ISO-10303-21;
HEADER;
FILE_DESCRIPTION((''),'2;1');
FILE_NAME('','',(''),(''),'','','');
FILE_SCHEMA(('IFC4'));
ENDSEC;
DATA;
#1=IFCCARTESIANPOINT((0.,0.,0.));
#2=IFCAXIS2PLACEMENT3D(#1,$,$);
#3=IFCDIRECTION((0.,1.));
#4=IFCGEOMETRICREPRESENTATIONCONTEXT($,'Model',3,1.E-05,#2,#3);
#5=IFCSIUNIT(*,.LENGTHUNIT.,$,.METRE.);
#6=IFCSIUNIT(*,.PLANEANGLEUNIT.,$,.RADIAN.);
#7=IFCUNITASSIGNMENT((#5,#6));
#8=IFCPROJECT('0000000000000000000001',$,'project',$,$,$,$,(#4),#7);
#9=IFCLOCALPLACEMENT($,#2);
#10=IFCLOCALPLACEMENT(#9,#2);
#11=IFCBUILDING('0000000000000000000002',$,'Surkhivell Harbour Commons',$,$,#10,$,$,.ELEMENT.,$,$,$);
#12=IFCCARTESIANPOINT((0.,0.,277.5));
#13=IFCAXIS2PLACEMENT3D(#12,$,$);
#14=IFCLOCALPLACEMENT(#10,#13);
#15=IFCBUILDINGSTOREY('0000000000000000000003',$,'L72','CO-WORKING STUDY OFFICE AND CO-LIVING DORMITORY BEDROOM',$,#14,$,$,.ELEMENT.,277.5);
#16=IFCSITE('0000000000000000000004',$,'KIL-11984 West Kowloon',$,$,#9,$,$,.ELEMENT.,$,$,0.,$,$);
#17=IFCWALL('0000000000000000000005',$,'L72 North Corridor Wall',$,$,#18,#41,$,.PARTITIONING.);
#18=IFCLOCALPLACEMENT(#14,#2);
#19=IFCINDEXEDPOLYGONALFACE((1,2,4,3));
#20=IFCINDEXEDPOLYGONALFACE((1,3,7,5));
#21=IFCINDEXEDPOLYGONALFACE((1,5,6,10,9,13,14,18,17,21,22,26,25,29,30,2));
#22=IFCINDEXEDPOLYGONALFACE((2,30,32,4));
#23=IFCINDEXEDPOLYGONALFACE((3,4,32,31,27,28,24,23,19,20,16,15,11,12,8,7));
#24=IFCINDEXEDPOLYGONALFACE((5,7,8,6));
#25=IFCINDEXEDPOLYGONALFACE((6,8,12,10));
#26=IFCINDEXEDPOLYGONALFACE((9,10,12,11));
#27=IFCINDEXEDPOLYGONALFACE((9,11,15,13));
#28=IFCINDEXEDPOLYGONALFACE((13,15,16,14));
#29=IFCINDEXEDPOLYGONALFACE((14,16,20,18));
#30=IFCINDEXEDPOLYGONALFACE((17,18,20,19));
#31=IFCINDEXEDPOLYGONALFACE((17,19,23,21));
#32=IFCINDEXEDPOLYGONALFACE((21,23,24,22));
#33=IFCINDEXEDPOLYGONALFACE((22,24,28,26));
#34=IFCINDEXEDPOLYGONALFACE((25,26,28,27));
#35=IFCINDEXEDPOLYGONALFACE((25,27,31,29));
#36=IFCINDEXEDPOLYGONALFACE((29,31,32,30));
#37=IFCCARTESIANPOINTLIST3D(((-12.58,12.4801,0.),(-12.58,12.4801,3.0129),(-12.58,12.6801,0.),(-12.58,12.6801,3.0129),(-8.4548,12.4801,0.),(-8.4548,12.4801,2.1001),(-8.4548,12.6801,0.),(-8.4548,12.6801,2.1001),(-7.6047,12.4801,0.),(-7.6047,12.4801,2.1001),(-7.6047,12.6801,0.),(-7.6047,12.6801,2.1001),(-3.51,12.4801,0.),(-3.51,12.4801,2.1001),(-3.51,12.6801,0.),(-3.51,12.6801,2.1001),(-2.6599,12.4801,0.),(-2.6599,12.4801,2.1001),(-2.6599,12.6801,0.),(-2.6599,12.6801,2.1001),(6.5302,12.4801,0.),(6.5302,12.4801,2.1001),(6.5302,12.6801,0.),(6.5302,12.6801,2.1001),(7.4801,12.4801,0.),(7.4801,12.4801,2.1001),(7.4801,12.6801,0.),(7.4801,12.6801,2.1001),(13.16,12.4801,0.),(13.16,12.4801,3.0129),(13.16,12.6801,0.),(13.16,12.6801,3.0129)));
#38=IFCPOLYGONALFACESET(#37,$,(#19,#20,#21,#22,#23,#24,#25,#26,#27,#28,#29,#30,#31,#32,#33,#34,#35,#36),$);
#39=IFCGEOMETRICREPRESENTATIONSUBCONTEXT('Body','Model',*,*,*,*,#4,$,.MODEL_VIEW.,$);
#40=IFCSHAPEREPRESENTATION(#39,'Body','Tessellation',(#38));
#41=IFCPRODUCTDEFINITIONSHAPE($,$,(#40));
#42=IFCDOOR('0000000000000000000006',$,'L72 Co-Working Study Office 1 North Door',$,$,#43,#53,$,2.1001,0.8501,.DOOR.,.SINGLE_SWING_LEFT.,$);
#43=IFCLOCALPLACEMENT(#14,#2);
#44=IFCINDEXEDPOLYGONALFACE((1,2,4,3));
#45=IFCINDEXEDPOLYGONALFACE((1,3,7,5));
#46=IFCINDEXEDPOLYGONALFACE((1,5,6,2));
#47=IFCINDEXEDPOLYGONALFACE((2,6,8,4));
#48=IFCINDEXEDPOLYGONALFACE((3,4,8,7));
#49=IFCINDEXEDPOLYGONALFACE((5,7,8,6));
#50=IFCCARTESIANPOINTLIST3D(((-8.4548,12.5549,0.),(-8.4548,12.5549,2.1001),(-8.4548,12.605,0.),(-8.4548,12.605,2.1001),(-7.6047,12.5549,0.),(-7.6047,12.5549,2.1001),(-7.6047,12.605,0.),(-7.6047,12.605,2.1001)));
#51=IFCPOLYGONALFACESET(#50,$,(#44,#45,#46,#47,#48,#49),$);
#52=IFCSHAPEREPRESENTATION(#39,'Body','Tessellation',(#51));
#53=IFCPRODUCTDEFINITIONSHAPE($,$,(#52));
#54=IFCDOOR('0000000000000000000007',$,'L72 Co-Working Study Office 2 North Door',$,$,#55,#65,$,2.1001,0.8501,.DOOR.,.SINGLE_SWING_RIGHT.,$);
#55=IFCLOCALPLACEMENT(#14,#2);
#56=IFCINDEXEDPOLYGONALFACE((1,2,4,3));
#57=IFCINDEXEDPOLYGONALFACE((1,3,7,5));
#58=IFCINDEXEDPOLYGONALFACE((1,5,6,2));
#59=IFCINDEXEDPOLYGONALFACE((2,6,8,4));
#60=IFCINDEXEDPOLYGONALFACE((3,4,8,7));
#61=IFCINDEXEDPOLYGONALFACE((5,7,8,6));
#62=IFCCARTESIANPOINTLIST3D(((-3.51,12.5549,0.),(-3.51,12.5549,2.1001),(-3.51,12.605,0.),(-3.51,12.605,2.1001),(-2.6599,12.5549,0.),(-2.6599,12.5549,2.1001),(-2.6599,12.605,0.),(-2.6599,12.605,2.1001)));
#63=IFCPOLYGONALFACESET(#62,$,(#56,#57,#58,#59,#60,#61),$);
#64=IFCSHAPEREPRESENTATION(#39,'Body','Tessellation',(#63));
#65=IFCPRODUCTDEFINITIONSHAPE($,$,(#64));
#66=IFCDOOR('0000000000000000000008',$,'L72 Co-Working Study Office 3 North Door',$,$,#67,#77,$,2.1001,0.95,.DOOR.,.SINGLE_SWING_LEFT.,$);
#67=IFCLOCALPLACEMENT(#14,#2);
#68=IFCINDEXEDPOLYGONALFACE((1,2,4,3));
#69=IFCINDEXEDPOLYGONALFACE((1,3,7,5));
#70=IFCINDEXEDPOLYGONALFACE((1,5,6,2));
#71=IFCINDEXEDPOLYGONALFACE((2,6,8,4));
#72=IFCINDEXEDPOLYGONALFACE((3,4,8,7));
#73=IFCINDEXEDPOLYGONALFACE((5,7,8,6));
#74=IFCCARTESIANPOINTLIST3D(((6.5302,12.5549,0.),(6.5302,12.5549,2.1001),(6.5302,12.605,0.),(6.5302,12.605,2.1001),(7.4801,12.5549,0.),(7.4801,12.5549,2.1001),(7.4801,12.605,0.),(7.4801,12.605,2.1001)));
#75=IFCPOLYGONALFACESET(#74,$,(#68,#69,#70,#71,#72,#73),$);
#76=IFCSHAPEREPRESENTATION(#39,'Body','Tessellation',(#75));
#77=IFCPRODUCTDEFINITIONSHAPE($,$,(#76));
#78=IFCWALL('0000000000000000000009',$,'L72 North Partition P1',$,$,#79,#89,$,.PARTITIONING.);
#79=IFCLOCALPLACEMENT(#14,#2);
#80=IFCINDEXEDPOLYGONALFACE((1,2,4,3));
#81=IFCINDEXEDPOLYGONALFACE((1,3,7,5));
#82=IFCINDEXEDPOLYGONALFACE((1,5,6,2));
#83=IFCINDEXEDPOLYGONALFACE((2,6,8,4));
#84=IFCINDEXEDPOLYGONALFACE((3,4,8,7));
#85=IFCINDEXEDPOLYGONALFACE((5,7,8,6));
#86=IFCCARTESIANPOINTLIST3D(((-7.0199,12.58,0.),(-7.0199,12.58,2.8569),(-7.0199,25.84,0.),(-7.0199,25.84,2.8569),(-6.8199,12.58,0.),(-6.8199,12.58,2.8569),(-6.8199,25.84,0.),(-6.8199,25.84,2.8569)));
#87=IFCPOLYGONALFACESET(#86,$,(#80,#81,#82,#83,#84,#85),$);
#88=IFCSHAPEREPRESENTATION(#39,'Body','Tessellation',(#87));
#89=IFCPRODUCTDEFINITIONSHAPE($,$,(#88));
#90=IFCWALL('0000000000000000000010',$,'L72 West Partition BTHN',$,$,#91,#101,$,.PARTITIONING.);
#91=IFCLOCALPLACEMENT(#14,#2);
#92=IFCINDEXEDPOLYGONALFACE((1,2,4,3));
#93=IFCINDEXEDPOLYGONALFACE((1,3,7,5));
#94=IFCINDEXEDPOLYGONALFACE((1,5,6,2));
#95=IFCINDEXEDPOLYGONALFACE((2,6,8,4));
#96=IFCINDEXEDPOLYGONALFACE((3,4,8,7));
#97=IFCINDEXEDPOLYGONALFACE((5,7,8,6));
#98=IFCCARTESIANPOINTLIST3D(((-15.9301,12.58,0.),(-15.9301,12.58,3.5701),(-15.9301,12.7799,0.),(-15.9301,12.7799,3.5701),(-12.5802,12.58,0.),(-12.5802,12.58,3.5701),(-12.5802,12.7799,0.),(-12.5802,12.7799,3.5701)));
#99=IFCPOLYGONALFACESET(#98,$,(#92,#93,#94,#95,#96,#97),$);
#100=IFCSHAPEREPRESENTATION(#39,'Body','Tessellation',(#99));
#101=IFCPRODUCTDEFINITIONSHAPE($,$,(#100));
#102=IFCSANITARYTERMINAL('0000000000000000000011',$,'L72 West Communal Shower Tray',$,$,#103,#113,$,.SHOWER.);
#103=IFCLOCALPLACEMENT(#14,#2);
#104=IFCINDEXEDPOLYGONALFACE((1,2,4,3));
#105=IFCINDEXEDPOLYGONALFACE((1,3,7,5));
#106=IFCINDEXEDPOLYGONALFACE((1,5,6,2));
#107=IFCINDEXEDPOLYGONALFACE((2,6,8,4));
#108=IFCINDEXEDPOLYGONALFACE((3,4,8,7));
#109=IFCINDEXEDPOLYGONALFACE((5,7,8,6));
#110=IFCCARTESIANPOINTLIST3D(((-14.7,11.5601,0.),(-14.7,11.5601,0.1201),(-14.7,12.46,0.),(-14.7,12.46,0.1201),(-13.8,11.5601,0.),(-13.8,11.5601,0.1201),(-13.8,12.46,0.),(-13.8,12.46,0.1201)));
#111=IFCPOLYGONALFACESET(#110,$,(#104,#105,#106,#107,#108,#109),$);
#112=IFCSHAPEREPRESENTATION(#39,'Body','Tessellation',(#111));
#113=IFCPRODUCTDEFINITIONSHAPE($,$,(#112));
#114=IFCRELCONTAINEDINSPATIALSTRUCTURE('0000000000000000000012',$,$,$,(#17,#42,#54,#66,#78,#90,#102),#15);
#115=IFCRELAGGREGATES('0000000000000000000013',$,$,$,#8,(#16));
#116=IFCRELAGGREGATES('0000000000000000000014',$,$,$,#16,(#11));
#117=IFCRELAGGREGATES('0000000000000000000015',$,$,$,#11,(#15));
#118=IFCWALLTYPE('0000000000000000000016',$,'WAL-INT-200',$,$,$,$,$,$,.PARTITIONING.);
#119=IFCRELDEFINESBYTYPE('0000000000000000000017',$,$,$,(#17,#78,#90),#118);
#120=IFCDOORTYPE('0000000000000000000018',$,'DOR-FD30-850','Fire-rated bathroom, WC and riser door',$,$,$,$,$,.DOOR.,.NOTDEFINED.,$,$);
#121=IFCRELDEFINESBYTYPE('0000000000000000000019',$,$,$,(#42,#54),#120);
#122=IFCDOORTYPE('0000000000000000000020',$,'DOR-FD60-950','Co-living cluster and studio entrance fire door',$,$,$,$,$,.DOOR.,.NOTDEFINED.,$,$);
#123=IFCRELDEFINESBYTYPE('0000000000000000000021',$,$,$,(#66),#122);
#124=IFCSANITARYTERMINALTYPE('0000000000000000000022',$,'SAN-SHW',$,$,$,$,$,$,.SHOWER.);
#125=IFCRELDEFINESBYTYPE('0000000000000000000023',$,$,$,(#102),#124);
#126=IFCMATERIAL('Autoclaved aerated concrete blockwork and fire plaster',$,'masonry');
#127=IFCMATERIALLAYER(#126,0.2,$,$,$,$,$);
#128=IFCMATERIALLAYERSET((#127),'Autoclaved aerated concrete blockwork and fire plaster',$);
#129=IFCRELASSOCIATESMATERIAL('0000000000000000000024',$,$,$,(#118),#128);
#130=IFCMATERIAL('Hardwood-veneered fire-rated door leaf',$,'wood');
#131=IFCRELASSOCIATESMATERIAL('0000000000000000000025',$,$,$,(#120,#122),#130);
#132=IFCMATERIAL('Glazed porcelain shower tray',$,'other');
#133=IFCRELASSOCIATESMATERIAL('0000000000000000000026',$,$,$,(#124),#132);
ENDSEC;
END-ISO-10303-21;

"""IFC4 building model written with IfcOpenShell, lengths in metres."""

from ifc_helpers import new_model, si_unit, direction, frame, frame_2d, origin, origin_2d, place, context, subcontext, project, spatial, rectangle, extrude, material, layer, layer_set, type_object, element, fill, save


model = new_model("IFC4")

# Units and contexts
model_context = context("Model", 3, precision=1e-05, world=origin(), true_north=direction((0.0, 1.0)))
body_context = subcontext(model_context, "Body", "Model", "MODEL_VIEW")
ifc_project = project(units=[si_unit("LENGTHUNIT", "METRE"), si_unit("PLANEANGLEUNIT", "RADIAN")], contexts=[model_context])

# Site, building, storey
site_placement = place(None, origin())
site = spatial("IfcSite", under=ifc_project, at=site_placement, Name="KIL-11984 West Kowloon", CompositionType="ELEMENT", RefElevation=0.0)
building_placement = place(site_placement, origin())
building = spatial("IfcBuilding", under=site, at=building_placement, Name="Surkhivell Harbour Commons", CompositionType="ELEMENT")
storey_placement = place(building_placement, frame((0.0, 0.0, 277.5)))
storey = spatial("IfcBuildingStorey", under=building, at=storey_placement, Name="L72", Description="CO-WORKING STUDY OFFICE AND CO-LIVING DORMITORY BEDROOM", CompositionType="ELEMENT", Elevation=277.5)

# Shared definitions
ifc_material_1 = material(Name="Autoclaved aerated concrete blockwork and fire plaster", Category="masonry")
ifc_layer_1 = layer(ifc_material_1, 0.2)
ifc_layer_set_1 = layer_set([ifc_layer_1], Name="Autoclaved aerated concrete blockwork and fire plaster")
wall_type = type_object("IfcWallType", Name="WAL-INT-200", PredefinedType="PARTITIONING", material=ifc_layer_set_1)

# Wall, openings, doors
wall_1_placement = place(storey_placement, frame((-12.5801, 12.5801, 0.0), z_axis=(0.0, 0.0, 1.0), x_axis=(1.0, 0.0, 0.0)))
wall_1 = element("IfcWall", 1, at=wall_1_placement, inside=storey, type_object=wall_type, Name="L72 North Corridor Wall", PredefinedType="PARTITIONING", context=body_context, shape_type="SweptSolid", body=[
    extrude(rectangle(XDim=25.74, YDim=0.2, at=frame_2d((12.8701, 0.0))), origin(), (0.0, 0.0, 1.0), 3.0129),
])
opening_1_placement = place(wall_1_placement, frame((4.1252, 0.0, 0.0)))
opening_1 = element("IfcOpeningElement", 2, at=opening_1_placement, cuts=wall_1, PredefinedType="OPENING", context=body_context, shape_type="SweptSolid", body=[
    extrude(rectangle(XDim=0.8501, YDim=2.1001, at=frame_2d((0.425, 1.05))), frame((0.0, 0.1099, 0.0), z_axis=(0.0, -1.0, 0.0), x_axis=(1.0, 0.0, 0.0)), (0.0, 0.0, 1.0), 0.22),
])
opening_2_placement = place(wall_1_placement, frame((9.0701, 0.0, 0.0)))
opening_2 = element("IfcOpeningElement", 3, at=opening_2_placement, cuts=wall_1, PredefinedType="OPENING", context=body_context, shape_type="SweptSolid", body=[
    extrude(rectangle(XDim=0.8501, YDim=2.1001, at=frame_2d((0.425, 1.05))), frame((0.0, 0.1099, 0.0), z_axis=(0.0, -1.0, 0.0), x_axis=(1.0, 0.0, 0.0)), (0.0, 0.0, 1.0), 0.22),
])
opening_3_placement = place(wall_1_placement, frame((19.1101, 0.0, 0.0)))
opening_3 = element("IfcOpeningElement", 4, at=opening_3_placement, cuts=wall_1, PredefinedType="OPENING", context=body_context, shape_type="SweptSolid", body=[
    extrude(rectangle(XDim=0.95, YDim=2.1001, at=frame_2d((0.4751, 1.05))), frame((0.0, 0.1099, 0.0), z_axis=(0.0, -1.0, 0.0), x_axis=(1.0, 0.0, 0.0)), (0.0, 0.0, 1.0), 0.22),
])
ifc_material_2 = material(Name="Hardwood-veneered fire-rated door leaf", Category="wood")
door_type_1 = type_object("IfcDoorType", Name="DOR-FD30-850", Description="Fire-rated bathroom, WC and riser door", OperationType="NOTDEFINED", PredefinedType="DOOR", material=ifc_material_2)
door_1_placement = place(opening_1_placement, origin())
door_1 = element("IfcDoor", 5, at=door_1_placement, inside=storey, type_object=door_type_1, Name="L72 Co-Working Study Office 1 North Door", OperationType="SINGLE_SWING_LEFT", OverallHeight=2.1001, OverallWidth=0.8501, PredefinedType="DOOR", context=body_context, shape_type="SweptSolid", body=[
    extrude(rectangle(XDim=0.8501, YDim=2.1001, at=frame_2d((0.425, 1.05))), frame((0.0, 0.0249, 0.0), z_axis=(0.0, -1.0, 0.0), x_axis=(1.0, 0.0, 0.0)), (0.0, 0.0, 1.0), 0.05),
])
fill(opening_1, door_1)
door_2_placement = place(opening_2_placement, origin())
door_2 = element("IfcDoor", 6, at=door_2_placement, inside=storey, type_object=door_type_1, Name="L72 Co-Working Study Office 2 North Door", OperationType="SINGLE_SWING_RIGHT", OverallHeight=2.1001, OverallWidth=0.8501, PredefinedType="DOOR", context=body_context, shape_type="SweptSolid", body=[
    extrude(rectangle(XDim=0.8501, YDim=2.1001, at=frame_2d((0.425, 1.05))), frame((0.0, 0.0249, 0.0), z_axis=(0.0, -1.0, 0.0), x_axis=(1.0, 0.0, 0.0)), (0.0, 0.0, 1.0), 0.05),
])
fill(opening_2, door_2)
door_type_2 = type_object("IfcDoorType", Name="DOR-FD60-950", Description="Co-living cluster and studio entrance fire door", OperationType="NOTDEFINED", PredefinedType="DOOR", material=ifc_material_2)
door_3_placement = place(opening_3_placement, origin())
door_3 = element("IfcDoor", 7, at=door_3_placement, inside=storey, type_object=door_type_2, Name="L72 Co-Working Study Office 3 North Door", OperationType="SINGLE_SWING_LEFT", OverallHeight=2.1001, OverallWidth=0.95, PredefinedType="DOOR", context=body_context, shape_type="SweptSolid", body=[
    extrude(rectangle(XDim=0.95, YDim=2.1001, at=frame_2d((0.4751, 1.05))), frame((0.0, 0.0249, 0.0), z_axis=(0.0, -1.0, 0.0), x_axis=(1.0, 0.0, 0.0)), (0.0, 0.0, 1.0), 0.05),
])
fill(opening_3, door_3)

# Walls
wall_2_placement = place(storey_placement, frame((-6.9199, 12.5801, 0.0), z_axis=(0.0, 0.0, 1.0), x_axis=(0.0, 1.0, 0.0)))
element("IfcWall", 8, at=wall_2_placement, inside=storey, type_object=wall_type, Name="L72 North Partition P1", PredefinedType="PARTITIONING", context=body_context, shape_type="SweptSolid", body=[
    extrude(rectangle(XDim=13.26, YDim=0.2, at=frame_2d((6.6299, 0.0))), origin(), (0.0, 0.0, 1.0), 2.8569),
])
wall_3_placement = place(storey_placement, frame((-15.9299, 12.6799, 0.0), z_axis=(0.0, 0.0, 1.0), x_axis=(1.0, 0.0, 0.0)))
element("IfcWall", 9, at=wall_3_placement, inside=storey, type_object=wall_type, Name="L72 West Partition BTHN", PredefinedType="PARTITIONING", context=body_context, shape_type="SweptSolid", body=[
    extrude(rectangle(XDim=3.3499, YDim=0.2, at=frame_2d((1.6748, 0.0))), origin(), (0.0, 0.0, 1.0), 3.5701),
])

# Sanitary terminal
ifc_material_3 = material(Name="Glazed porcelain shower tray", Category="other")
sanitary_terminal_type = type_object("IfcSanitaryTerminalType", Name="SAN-SHW", PredefinedType="SHOWER", material=ifc_material_3)
sanitary_terminal_placement = place(storey_placement, frame((-14.25, 12.01, 0.0), z_axis=(0.0, 0.0, 1.0), x_axis=(1.0, 0.0, 0.0)))
element("IfcSanitaryTerminal", 10, at=sanitary_terminal_placement, inside=storey, type_object=sanitary_terminal_type, Name="L72 West Communal Shower Tray", PredefinedType="SHOWER", context=body_context, shape_type="SweptSolid", body=[
    extrude(rectangle(XDim=0.8999, YDim=0.8999, at=origin_2d()), origin(), (0.0, 0.0, 1.0), 0.1201),
])

save(model, "model.ifc")
